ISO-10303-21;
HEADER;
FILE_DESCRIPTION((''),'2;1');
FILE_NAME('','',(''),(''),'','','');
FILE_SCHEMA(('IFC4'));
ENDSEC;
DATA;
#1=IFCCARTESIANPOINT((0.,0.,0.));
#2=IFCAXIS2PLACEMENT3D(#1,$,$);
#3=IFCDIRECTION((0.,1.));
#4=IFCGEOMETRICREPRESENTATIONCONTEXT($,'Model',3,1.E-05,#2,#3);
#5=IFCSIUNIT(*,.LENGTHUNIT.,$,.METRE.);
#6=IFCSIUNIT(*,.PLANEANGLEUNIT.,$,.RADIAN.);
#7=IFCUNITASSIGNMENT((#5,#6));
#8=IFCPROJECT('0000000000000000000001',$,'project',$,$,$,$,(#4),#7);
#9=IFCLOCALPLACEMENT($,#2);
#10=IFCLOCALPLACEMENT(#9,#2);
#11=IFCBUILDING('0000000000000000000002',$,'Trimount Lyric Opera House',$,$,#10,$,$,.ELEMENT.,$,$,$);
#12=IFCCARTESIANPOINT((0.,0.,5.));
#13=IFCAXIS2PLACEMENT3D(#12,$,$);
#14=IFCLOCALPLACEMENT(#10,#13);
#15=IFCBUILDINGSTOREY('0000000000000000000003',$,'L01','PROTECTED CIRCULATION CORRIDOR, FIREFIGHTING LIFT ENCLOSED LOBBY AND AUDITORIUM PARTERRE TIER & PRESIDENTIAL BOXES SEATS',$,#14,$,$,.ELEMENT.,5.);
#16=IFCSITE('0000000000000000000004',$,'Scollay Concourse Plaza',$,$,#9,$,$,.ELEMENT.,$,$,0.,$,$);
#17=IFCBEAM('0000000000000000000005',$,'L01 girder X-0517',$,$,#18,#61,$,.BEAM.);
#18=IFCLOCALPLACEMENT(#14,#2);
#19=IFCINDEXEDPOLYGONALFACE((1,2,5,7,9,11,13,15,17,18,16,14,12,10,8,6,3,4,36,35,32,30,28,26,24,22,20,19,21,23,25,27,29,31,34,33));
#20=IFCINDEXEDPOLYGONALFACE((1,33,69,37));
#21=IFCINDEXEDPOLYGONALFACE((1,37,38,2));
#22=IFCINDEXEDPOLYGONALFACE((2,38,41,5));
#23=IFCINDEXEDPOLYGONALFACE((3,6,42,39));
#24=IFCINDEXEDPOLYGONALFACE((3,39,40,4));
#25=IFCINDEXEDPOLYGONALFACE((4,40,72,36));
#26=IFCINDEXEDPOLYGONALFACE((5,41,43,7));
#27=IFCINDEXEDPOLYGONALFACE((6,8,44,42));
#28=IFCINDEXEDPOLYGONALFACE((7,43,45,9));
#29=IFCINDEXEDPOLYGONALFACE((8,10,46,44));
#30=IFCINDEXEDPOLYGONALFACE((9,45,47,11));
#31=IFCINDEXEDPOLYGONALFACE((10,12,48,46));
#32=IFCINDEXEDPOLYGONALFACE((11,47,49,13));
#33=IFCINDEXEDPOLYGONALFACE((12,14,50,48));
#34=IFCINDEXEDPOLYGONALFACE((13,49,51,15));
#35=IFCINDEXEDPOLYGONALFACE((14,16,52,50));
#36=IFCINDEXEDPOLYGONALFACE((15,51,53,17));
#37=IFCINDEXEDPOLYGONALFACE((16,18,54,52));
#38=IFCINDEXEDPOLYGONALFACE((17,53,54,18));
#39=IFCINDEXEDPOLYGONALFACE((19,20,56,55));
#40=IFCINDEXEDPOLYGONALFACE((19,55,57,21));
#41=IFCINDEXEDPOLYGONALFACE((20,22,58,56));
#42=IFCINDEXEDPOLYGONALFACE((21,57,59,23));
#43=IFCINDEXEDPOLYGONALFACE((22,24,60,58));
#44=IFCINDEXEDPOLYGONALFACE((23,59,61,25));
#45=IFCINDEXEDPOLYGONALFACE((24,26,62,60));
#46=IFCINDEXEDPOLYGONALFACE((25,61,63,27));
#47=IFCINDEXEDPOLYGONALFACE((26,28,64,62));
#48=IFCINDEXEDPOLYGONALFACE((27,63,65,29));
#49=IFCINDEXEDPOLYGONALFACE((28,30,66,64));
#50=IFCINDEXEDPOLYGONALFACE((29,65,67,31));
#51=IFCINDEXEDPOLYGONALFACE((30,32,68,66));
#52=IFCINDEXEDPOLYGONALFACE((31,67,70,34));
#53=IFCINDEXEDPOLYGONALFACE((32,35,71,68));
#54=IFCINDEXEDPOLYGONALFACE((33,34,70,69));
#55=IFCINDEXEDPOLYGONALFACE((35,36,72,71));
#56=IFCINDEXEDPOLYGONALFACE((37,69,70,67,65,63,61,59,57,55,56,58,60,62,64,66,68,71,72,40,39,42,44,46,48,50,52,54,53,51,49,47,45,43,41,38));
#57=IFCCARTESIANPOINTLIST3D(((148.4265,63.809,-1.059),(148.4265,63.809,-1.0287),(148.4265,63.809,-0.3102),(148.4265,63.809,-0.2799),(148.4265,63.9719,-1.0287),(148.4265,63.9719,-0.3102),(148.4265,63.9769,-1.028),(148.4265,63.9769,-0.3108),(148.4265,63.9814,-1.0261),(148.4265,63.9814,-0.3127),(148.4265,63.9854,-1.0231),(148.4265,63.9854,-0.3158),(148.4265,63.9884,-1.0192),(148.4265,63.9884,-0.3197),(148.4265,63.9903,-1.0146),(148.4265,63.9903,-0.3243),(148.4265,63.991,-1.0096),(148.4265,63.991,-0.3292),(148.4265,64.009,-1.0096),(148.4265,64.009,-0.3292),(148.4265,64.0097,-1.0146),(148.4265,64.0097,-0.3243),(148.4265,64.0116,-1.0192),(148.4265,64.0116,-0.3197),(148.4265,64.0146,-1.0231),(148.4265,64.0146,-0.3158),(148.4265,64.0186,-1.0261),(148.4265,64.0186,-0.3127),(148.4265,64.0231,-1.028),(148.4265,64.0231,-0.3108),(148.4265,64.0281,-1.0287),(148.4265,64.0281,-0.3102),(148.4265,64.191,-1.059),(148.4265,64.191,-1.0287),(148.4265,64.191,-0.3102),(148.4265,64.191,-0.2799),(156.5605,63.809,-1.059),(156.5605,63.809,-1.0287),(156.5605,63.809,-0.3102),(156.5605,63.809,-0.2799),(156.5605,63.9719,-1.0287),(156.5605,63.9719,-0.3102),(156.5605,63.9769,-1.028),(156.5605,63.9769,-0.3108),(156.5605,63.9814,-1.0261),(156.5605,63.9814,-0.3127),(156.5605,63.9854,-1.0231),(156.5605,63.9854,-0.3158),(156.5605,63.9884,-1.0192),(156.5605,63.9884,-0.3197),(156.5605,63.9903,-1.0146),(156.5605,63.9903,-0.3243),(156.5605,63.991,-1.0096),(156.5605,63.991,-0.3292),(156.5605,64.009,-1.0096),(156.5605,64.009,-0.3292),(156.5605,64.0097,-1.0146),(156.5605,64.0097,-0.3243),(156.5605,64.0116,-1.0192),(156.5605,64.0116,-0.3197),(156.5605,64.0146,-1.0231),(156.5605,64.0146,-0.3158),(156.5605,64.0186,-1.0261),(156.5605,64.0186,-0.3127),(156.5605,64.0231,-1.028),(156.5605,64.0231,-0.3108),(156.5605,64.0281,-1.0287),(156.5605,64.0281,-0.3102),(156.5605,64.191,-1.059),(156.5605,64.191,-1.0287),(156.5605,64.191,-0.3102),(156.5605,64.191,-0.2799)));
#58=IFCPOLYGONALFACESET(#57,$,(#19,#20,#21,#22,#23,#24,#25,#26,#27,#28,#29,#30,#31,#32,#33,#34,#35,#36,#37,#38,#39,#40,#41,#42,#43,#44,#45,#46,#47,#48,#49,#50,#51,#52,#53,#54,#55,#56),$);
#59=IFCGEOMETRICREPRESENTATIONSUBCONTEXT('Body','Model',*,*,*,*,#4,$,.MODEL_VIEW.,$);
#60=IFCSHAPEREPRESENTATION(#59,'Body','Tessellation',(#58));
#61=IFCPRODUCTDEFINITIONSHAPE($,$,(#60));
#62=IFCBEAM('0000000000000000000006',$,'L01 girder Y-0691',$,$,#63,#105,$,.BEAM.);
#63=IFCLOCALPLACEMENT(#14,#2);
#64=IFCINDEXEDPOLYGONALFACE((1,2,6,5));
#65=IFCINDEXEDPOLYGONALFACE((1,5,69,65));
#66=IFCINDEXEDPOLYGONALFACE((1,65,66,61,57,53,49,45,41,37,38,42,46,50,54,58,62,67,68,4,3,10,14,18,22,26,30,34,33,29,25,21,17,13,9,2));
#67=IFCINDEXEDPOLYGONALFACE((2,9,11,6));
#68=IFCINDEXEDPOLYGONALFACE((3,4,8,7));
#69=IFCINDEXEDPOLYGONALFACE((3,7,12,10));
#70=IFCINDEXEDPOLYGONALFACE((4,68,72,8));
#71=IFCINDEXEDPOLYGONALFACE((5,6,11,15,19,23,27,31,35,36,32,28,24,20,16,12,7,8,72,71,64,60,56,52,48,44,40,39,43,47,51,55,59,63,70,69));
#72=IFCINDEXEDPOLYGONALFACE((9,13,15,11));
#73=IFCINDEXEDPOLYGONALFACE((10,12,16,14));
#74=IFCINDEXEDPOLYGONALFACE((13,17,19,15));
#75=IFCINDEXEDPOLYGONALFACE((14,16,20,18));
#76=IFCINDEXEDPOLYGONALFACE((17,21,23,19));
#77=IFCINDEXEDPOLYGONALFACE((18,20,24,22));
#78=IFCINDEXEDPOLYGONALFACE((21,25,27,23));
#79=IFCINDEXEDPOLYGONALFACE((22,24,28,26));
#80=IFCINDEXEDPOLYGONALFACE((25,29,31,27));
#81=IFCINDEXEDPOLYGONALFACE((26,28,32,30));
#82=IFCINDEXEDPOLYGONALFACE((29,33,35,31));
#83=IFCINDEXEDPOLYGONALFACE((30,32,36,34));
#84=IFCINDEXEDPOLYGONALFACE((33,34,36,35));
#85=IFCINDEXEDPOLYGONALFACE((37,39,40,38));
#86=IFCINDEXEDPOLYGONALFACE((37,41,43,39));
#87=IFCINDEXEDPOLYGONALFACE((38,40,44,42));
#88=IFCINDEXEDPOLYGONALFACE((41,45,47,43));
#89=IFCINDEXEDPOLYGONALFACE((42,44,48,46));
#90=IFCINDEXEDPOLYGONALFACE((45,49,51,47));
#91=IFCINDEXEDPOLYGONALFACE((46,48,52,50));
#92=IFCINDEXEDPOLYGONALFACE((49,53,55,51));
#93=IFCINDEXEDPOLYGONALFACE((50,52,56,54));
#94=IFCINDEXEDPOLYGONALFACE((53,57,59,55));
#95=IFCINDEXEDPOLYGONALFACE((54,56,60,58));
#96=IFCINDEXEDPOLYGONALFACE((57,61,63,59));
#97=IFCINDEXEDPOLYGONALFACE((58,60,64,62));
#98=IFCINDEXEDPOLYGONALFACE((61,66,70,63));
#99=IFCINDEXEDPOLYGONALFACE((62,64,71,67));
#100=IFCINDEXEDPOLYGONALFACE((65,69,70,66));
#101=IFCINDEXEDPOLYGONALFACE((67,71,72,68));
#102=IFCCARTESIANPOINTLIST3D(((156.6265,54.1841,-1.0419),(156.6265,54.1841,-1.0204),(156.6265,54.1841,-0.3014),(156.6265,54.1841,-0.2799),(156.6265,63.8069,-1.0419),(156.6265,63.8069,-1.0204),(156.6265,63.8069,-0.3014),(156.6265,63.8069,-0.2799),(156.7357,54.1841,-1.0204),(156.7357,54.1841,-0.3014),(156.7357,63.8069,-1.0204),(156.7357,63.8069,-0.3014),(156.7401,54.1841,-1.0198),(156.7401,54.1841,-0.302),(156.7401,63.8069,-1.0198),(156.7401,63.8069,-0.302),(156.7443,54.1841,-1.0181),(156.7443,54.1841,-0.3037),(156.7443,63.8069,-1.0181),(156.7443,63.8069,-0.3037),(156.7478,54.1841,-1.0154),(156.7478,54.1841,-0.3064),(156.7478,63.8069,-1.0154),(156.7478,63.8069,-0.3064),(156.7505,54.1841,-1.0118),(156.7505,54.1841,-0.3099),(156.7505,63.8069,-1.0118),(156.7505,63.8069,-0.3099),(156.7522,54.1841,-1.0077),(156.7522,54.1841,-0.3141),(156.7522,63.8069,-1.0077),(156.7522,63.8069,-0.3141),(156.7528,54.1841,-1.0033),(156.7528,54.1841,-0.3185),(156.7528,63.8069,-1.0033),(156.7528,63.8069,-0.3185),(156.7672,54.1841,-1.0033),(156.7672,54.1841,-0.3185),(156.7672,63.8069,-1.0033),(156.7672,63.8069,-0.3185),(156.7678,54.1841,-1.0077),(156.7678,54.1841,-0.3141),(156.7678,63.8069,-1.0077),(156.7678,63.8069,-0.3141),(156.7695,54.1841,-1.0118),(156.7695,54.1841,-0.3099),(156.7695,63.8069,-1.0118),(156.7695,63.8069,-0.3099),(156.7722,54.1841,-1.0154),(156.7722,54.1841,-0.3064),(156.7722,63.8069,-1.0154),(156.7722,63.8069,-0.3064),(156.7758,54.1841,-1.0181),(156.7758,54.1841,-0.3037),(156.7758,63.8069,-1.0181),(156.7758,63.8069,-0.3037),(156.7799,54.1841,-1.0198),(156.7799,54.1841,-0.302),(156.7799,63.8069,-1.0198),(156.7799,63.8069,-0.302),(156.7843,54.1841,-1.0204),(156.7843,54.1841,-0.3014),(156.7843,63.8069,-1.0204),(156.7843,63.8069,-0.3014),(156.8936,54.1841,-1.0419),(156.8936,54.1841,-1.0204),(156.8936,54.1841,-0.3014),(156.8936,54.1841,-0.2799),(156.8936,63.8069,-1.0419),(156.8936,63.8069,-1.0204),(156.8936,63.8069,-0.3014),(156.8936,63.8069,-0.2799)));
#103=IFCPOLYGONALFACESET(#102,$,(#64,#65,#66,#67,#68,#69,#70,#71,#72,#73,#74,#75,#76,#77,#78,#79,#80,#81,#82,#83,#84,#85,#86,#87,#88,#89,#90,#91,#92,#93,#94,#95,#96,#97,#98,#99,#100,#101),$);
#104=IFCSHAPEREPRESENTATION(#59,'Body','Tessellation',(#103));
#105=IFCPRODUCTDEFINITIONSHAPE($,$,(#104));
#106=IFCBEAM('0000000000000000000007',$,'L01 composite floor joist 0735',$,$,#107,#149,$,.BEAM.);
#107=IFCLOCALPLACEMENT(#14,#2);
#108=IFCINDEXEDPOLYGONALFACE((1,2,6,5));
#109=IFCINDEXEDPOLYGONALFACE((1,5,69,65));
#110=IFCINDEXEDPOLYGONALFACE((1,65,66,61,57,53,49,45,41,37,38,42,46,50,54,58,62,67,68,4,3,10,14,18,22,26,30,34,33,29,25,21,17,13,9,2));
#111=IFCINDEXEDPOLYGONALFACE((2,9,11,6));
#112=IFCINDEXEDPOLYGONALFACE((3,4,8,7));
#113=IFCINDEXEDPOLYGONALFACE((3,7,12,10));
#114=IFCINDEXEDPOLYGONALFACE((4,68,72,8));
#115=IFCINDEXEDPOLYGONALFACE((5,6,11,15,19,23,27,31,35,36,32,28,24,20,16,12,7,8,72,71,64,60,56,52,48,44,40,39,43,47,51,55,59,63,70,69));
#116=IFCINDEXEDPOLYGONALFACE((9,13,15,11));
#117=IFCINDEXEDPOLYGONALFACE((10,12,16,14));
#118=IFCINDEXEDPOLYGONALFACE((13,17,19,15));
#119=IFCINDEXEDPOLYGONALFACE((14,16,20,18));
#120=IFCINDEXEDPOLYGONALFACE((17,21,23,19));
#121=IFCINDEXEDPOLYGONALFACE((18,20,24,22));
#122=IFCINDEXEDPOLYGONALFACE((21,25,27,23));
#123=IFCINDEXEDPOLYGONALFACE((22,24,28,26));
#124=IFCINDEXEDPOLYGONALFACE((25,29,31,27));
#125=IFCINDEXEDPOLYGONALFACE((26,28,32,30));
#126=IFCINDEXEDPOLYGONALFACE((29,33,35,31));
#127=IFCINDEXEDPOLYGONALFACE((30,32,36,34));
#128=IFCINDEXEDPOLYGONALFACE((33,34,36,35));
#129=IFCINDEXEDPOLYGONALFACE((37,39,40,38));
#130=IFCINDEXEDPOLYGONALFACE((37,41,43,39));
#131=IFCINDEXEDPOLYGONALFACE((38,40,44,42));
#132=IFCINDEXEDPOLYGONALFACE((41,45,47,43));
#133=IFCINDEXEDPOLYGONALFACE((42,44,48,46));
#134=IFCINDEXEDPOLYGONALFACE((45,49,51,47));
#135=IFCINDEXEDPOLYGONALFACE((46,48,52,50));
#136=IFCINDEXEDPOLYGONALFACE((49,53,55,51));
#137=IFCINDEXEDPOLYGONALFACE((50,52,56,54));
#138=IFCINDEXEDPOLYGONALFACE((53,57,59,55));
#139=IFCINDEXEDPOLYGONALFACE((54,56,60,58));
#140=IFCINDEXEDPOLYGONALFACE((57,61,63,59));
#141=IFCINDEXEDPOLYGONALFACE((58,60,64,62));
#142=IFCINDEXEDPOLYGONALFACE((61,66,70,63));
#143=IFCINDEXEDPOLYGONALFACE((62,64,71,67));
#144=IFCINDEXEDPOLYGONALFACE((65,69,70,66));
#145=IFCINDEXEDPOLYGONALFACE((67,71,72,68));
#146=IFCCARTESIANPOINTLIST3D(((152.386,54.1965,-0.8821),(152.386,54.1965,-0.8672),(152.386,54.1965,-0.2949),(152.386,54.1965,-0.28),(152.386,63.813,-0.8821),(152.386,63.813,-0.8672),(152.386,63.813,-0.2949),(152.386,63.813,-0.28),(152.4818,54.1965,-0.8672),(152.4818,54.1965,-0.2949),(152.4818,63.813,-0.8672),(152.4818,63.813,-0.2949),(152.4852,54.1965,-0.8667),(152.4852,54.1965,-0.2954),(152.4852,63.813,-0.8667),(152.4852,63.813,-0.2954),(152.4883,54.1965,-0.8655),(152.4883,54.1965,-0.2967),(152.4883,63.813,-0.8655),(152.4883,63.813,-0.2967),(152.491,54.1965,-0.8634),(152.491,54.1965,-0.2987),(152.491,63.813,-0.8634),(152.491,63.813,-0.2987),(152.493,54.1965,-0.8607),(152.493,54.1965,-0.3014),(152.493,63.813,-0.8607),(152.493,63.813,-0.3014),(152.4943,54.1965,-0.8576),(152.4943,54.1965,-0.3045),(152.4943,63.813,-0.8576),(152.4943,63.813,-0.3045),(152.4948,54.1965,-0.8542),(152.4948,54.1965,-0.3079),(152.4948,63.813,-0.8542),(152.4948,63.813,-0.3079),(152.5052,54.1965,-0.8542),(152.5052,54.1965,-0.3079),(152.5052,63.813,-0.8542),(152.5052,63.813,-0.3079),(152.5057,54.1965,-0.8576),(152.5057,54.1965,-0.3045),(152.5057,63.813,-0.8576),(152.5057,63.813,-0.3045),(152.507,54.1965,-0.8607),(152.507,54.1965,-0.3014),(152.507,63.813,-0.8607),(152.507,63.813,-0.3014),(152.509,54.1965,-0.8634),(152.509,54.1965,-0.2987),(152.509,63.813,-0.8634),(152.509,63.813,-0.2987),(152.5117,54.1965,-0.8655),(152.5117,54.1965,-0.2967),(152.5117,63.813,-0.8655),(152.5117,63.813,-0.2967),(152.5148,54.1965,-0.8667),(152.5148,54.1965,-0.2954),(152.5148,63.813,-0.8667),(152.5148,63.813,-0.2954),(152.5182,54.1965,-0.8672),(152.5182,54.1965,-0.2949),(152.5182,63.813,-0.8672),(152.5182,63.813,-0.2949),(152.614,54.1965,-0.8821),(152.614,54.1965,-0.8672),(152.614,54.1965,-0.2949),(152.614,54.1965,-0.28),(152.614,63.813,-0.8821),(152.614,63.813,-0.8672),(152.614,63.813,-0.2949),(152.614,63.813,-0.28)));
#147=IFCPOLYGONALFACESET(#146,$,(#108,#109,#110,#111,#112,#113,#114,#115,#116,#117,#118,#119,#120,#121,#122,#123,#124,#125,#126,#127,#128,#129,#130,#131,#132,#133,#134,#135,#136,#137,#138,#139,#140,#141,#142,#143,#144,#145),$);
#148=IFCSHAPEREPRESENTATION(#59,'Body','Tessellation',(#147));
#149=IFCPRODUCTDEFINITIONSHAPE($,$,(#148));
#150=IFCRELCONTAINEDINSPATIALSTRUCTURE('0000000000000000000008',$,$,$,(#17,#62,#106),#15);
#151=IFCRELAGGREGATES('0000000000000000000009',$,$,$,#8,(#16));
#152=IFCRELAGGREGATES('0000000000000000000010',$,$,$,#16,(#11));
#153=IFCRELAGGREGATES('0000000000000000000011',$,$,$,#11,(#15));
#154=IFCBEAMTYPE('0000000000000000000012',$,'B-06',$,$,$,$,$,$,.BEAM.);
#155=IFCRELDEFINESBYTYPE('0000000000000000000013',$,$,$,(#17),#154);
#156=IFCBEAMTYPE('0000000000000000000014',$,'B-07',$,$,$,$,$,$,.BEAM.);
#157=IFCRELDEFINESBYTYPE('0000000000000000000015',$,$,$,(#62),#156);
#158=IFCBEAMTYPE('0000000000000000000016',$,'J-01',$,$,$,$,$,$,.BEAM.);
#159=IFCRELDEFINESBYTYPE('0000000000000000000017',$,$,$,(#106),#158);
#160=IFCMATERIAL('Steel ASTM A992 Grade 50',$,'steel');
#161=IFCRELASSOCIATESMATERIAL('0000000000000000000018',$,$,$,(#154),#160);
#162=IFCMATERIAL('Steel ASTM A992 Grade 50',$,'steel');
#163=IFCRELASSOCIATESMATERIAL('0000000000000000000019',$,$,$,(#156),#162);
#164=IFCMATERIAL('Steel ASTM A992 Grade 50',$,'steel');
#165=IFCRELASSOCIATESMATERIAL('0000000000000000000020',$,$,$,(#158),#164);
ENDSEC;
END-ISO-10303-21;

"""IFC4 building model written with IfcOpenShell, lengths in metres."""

from ifc_helpers import new_model, si_unit, direction, frame, origin, origin_2d, place, context, subcontext, project, spatial, i_section, extrude, material, material_profile, profile_set, type_object, element, save


model = new_model("IFC4")

# Units and contexts
model_context = context("Model", 3, precision=1e-05, world=origin(), true_north=direction((0.0, 1.0)))
body_context = subcontext(model_context, "Body", "Model", "MODEL_VIEW")
ifc_project = project(units=[si_unit("LENGTHUNIT", "METRE"), si_unit("PLANEANGLEUNIT", "RADIAN")], contexts=[model_context])

# Site, building, storey
site_placement = place(None, origin())
site = spatial("IfcSite", under=ifc_project, at=site_placement, Name="Scollay Concourse Plaza", CompositionType="ELEMENT", RefElevation=0.0)
building_placement = place(site_placement, origin())
building = spatial("IfcBuilding", under=site, at=building_placement, Name="Trimount Lyric Opera House", CompositionType="ELEMENT")
storey_placement = place(building_placement, frame((0.0, 0.0, 5.0)))
storey = spatial("IfcBuildingStorey", under=building, at=storey_placement, Name="L01", Description="PROTECTED CIRCULATION CORRIDOR, FIREFIGHTING LIFT ENCLOSED LOBBY AND AUDITORIUM PARTERRE TIER & PRESIDENTIAL BOXES SEATS", CompositionType="ELEMENT", Elevation=5.0)

# Beams
ifc_material_1 = material(Name="Steel ASTM A992 Grade 50", Category="steel")
ifc_material_profile_1 = material_profile(ifc_material_1, i_section(OverallWidth=0.3821, OverallDepth=0.7791, WebThickness=0.0181, FlangeThickness=0.0303, FilletRadius=0.019, at=origin_2d()), Name="W30X191")
ifc_profile_set_1 = profile_set([ifc_material_profile_1], Name="Steel ASTM A992 Grade 50")
beam_type_1 = type_object("IfcBeamType", Name="B-06", PredefinedType="BEAM", material=ifc_profile_set_1)
beam_1_placement = place(storey_placement, frame((148.4265, 64.0, -0.6694), z_axis=(1.0, 0.0, 0.0), x_axis=(0.0, 1.0, 0.0)))
element("IfcBeam", 1, at=beam_1_placement, inside=storey, type_object=beam_type_1, Name="L01 girder X-0517", PredefinedType="BEAM", context=body_context, shape_type="SweptSolid", body=[
    extrude(i_section(OverallWidth=0.3821, OverallDepth=0.7791, WebThickness=0.0181, FlangeThickness=0.0303, FilletRadius=0.019, at=origin_2d()), origin(), (0.0, 0.0, 1.0), 8.134),
])
ifc_material_2 = material(Name="Steel ASTM A992 Grade 50", Category="steel")
ifc_material_profile_2 = material_profile(ifc_material_2, i_section(OverallWidth=0.2671, OverallDepth=0.762, WebThickness=0.0144, FlangeThickness=0.0215, FilletRadius=0.0171, at=origin_2d()), Name="W30X116")
ifc_profile_set_2 = profile_set([ifc_material_profile_2], Name="Steel ASTM A992 Grade 50")
beam_type_2 = type_object("IfcBeamType", Name="B-07", PredefinedType="BEAM", material=ifc_profile_set_2)
beam_2_placement = place(storey_placement, frame((156.76, 54.1841, -0.6609), z_axis=(0.0, 1.0, 0.0), x_axis=(-1.0, 0.0, 0.0)))
element("IfcBeam", 2, at=beam_2_placement, inside=storey, type_object=beam_type_2, Name="L01 girder Y-0691", PredefinedType="BEAM", context=body_context, shape_type="SweptSolid", body=[
    extrude(i_section(OverallWidth=0.2671, OverallDepth=0.762, WebThickness=0.0144, FlangeThickness=0.0215, FilletRadius=0.0171, at=origin_2d()), origin(), (0.0, 0.0, 1.0), 9.6228),
])
ifc_material_3 = material(Name="Steel ASTM A992 Grade 50", Category="steel")
ifc_material_profile_3 = material_profile(ifc_material_3, i_section(OverallWidth=0.228, OverallDepth=0.6021, WebThickness=0.0105, FlangeThickness=0.0149, FilletRadius=0.0129, at=origin_2d()), Name="W24X68")
ifc_profile_set_3 = profile_set([ifc_material_profile_3], Name="Steel ASTM A992 Grade 50")
beam_type_3 = type_object("IfcBeamType", Name="J-01", PredefinedType="BEAM", material=ifc_profile_set_3)
beam_3_placement = place(storey_placement, frame((152.5, 54.1965, -0.5811), z_axis=(0.0, 1.0, 0.0), x_axis=(-1.0, 0.0, 0.0)))
element("IfcBeam", 3, at=beam_3_placement, inside=storey, type_object=beam_type_3, Name="L01 composite floor joist 0735", PredefinedType="BEAM", context=body_context, shape_type="SweptSolid", body=[
    extrude(i_section(OverallWidth=0.228, OverallDepth=0.6021, WebThickness=0.0105, FlangeThickness=0.0149, FilletRadius=0.0129, at=origin_2d()), origin(), (0.0, 0.0, 1.0), 9.6165),
])

save(model, "model.ifc")
